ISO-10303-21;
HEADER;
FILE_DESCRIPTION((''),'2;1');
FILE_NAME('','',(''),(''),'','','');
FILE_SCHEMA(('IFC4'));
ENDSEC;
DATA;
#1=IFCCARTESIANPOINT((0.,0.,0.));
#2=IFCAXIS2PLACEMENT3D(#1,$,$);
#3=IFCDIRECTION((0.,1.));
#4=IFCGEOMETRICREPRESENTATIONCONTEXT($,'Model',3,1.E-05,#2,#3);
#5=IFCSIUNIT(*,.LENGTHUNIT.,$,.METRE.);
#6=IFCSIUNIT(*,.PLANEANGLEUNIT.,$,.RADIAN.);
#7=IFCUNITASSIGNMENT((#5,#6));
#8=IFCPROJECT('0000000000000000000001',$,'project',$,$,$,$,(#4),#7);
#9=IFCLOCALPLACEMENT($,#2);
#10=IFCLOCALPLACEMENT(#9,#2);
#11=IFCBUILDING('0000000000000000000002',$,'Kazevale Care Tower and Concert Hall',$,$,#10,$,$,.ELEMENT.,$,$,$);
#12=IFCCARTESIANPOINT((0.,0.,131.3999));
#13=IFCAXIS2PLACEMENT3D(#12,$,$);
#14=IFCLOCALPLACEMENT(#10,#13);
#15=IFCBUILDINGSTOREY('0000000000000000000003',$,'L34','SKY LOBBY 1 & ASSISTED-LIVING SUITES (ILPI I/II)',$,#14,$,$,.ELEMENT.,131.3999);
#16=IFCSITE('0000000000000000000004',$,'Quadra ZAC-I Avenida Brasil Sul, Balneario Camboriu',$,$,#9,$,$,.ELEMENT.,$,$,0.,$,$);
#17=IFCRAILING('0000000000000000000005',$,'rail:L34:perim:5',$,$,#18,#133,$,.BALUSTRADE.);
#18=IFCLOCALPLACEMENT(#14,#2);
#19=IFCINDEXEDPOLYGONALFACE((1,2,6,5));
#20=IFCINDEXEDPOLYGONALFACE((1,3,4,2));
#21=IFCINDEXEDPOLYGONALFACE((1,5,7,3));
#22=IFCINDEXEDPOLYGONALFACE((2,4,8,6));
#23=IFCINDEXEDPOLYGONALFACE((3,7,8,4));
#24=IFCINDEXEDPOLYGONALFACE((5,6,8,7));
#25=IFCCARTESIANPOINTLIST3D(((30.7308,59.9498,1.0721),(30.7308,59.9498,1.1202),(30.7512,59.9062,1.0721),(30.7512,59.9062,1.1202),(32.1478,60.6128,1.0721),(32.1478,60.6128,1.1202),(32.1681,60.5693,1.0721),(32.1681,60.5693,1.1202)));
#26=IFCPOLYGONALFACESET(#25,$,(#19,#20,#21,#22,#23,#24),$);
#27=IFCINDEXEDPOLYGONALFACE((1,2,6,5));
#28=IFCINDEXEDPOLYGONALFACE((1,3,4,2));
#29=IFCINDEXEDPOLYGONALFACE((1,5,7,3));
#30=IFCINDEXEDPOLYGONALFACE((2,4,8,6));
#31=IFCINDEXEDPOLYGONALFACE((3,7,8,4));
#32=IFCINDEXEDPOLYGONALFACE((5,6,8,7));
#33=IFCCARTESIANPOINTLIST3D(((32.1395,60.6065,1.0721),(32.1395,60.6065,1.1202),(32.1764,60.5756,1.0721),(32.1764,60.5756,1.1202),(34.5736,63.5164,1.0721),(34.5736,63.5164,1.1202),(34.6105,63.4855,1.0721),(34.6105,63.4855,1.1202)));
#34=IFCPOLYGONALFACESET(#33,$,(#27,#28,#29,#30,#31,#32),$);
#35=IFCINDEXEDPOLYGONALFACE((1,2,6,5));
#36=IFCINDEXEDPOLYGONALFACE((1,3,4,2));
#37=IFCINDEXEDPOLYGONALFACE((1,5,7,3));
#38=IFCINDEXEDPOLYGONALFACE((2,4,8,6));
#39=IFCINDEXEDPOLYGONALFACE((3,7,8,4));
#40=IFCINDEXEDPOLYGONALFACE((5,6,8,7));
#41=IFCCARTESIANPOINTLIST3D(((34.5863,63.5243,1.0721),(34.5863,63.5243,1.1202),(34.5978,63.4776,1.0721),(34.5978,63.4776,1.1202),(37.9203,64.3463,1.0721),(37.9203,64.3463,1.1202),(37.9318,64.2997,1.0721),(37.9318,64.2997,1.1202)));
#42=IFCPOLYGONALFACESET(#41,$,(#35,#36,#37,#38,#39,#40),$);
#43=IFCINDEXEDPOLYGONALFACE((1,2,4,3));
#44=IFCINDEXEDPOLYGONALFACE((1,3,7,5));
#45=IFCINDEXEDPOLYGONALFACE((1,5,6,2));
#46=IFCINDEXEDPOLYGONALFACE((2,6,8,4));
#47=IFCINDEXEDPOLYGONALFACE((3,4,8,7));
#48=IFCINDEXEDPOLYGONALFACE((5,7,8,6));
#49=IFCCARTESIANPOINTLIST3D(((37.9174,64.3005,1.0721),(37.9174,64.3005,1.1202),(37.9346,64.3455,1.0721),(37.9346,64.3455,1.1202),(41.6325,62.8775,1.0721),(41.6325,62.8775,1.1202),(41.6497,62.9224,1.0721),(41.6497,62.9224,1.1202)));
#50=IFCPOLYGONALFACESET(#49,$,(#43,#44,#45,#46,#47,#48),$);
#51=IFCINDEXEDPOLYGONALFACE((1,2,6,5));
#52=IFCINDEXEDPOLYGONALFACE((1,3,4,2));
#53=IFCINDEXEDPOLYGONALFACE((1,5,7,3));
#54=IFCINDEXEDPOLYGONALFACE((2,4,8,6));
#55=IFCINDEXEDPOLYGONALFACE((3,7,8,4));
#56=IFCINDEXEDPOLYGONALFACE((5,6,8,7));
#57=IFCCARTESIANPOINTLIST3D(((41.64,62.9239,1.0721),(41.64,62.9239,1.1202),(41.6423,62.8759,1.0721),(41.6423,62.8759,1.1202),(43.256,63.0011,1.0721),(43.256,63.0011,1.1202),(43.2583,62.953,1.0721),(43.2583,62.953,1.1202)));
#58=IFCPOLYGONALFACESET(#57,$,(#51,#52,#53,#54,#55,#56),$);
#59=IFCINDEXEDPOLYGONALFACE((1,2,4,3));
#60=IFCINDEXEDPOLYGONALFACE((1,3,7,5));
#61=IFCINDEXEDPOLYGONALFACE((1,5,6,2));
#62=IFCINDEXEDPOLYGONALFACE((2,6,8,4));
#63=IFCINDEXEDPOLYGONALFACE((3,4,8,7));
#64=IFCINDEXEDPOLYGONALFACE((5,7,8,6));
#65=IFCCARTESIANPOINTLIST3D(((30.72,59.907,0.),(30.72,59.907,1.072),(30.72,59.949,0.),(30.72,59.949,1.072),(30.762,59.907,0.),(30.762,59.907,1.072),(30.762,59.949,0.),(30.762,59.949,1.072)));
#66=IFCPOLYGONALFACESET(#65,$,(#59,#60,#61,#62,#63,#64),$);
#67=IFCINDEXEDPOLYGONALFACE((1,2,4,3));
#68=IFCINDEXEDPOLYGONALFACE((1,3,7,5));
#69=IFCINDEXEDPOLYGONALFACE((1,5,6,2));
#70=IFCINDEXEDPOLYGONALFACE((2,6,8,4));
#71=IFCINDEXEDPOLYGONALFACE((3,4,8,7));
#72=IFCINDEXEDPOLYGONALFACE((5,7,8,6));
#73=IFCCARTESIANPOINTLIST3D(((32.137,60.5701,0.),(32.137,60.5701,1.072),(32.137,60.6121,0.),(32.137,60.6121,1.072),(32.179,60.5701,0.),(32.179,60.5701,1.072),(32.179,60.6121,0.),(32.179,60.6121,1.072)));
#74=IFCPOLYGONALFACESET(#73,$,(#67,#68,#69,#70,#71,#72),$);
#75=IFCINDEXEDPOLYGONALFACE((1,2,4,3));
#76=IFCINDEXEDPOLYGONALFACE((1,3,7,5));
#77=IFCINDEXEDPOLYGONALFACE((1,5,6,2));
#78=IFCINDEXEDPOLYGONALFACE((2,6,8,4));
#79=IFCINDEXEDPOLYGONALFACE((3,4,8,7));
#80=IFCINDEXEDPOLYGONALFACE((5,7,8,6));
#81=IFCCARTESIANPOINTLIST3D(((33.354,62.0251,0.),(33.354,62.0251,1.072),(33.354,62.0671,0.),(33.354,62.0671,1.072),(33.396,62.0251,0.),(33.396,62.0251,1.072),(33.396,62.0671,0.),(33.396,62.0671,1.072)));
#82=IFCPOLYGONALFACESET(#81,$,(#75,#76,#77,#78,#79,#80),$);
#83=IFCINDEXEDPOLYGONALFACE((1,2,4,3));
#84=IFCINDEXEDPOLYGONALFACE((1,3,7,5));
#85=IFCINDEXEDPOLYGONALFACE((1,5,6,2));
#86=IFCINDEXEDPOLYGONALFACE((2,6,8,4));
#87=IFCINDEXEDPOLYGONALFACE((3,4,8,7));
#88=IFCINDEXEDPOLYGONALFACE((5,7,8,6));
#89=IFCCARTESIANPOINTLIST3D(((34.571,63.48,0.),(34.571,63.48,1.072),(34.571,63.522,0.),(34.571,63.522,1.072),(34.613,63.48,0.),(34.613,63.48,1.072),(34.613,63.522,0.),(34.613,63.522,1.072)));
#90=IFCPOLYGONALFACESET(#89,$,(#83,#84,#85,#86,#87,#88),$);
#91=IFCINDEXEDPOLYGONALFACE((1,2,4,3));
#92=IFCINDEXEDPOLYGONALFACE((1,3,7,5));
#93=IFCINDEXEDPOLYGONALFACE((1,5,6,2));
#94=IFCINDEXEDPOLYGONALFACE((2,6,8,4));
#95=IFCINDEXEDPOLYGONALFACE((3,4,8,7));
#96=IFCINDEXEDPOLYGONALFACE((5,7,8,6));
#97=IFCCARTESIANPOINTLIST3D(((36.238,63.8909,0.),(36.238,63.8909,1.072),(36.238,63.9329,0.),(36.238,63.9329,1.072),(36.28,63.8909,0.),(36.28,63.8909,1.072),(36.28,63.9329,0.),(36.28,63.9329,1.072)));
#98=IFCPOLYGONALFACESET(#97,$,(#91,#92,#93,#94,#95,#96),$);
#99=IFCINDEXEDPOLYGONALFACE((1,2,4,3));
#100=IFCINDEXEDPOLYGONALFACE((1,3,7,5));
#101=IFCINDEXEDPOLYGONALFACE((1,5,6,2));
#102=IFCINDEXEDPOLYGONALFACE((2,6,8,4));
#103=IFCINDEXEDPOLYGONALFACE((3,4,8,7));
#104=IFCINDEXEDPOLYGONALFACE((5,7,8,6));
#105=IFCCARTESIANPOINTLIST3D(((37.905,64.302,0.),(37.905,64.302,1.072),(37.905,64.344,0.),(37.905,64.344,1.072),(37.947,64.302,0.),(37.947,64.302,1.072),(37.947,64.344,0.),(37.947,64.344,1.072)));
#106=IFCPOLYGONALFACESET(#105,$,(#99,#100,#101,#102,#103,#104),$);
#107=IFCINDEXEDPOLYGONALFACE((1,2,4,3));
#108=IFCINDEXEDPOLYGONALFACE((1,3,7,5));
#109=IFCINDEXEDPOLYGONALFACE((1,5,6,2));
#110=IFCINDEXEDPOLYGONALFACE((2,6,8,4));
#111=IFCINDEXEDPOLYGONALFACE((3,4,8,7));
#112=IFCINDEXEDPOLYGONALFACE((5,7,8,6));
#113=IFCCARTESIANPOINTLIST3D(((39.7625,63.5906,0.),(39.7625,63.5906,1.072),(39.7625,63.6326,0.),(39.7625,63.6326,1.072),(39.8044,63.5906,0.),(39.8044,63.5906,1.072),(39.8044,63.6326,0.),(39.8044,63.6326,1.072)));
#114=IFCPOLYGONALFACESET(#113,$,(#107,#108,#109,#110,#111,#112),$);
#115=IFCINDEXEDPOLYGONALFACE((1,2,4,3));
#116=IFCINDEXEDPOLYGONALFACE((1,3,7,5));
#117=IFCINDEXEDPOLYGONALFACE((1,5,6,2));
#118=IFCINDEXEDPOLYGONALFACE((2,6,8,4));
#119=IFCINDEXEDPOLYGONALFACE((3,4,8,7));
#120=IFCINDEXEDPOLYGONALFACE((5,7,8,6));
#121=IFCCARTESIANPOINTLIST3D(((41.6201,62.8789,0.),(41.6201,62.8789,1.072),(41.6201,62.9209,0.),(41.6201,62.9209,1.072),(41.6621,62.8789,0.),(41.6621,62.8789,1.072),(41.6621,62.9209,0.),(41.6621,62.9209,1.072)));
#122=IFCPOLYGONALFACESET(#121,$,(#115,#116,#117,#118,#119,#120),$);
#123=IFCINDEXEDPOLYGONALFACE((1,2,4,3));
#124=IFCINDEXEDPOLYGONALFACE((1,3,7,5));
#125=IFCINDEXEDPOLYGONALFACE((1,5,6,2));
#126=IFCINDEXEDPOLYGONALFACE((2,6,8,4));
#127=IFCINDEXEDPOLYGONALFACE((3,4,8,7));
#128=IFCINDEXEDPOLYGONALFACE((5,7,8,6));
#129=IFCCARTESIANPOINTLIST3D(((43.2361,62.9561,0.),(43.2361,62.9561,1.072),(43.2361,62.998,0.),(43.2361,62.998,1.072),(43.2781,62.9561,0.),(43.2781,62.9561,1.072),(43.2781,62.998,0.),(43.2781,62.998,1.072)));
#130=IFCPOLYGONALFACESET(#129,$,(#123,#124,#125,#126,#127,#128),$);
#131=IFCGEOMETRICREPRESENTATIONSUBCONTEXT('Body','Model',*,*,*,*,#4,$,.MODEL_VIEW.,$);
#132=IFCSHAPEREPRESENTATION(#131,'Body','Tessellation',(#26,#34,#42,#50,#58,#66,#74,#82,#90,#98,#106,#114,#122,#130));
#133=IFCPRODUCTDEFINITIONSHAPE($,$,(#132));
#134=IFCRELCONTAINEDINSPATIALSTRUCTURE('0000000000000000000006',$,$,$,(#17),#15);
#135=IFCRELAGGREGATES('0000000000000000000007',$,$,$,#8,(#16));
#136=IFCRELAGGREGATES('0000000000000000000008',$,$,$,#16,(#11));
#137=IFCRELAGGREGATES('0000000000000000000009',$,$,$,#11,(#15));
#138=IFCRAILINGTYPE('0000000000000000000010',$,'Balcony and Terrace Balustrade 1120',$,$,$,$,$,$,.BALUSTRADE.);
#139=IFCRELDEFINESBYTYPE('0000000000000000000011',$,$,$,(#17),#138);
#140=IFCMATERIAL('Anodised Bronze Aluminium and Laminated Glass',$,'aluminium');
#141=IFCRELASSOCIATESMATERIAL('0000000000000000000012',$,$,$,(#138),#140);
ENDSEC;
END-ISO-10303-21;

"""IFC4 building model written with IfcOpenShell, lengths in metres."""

from ifc_helpers import new_model, si_unit, direction, frame, origin, origin_2d, place, context, subcontext, project, spatial, rectangle, extrude, material, type_object, element, save


model = new_model("IFC4")

# Units and contexts
model_context = context("Model", 3, precision=1e-05, world=origin(), true_north=direction((0.0, 1.0)))
body_context = subcontext(model_context, "Body", "Model", "MODEL_VIEW")
ifc_project = project(units=[si_unit("LENGTHUNIT", "METRE"), si_unit("PLANEANGLEUNIT", "RADIAN")], contexts=[model_context])

# Site, building, storey
site_placement = place(None, origin())
site = spatial("IfcSite", under=ifc_project, at=site_placement, Name="Quadra ZAC-I Avenida Brasil Sul, Balneario Camboriu", CompositionType="ELEMENT", RefElevation=0.0)
building_placement = place(site_placement, origin())
building = spatial("IfcBuilding", under=site, at=building_placement, Name="Kazevale Care Tower and Concert Hall", CompositionType="ELEMENT")
storey_placement = place(building_placement, frame((0.0, 0.0, 131.3999)))
storey = spatial("IfcBuildingStorey", under=building, at=storey_placement, Name="L34", Description="SKY LOBBY 1 & ASSISTED-LIVING SUITES (ILPI I/II)", CompositionType="ELEMENT", Elevation=131.3999)

# Railing
ifc_material_1 = material(Name="Anodised Bronze Aluminium and Laminated Glass", Category="aluminium")
railing_type = type_object("IfcRailingType", Name="Balcony and Terrace Balustrade 1120", PredefinedType="BALUSTRADE", material=ifc_material_1)
railing_1_placement = place(storey_placement, frame((30.741, 59.928, 0.0)))
element("IfcRailing", 1, at=railing_1_placement, inside=storey, type_object=railing_type, Name="rail:L34:perim:5", PredefinedType="BALUSTRADE", context=body_context, shape_type="SweptSolid", body=[
    extrude(rectangle(XDim=0.0481, YDim=0.0481, at=origin_2d()), frame((0.0, 0.0, 1.0962), z_axis=(0.905736, 0.423842, 0.0), x_axis=(-0.423842, 0.905736, 0.0)), (0.0, 0.0, 1.0), 1.5645),
    extrude(rectangle(XDim=0.0481, YDim=0.0481, at=origin_2d()), frame((1.417, 0.6631, 1.0962), z_axis=(0.641608, 0.767033, 0.0), x_axis=(-0.767033, 0.641608, 0.0)), (0.0, 0.0, 1.0), 3.7937),
    extrude(rectangle(XDim=0.0481, YDim=0.0481, at=origin_2d()), frame((3.8511, 3.573, 1.0962), z_axis=(0.970924, 0.239389, 0.0), x_axis=(-0.239389, 0.970924, 0.0)), (0.0, 0.0, 1.0), 3.4338),
    extrude(rectangle(XDim=0.0481, YDim=0.0481, at=origin_2d()), frame((7.1851, 4.395, 1.0962), z_axis=(0.933832, -0.357712, 0.0), x_axis=(0.357712, 0.933832, 0.0)), (0.0, 0.0, 1.0), 3.9783),
    extrude(rectangle(XDim=0.0481, YDim=0.0481, at=origin_2d()), frame((10.9001, 2.9719, 1.0962), z_axis=(0.998862, 0.047687, 0.0), x_axis=(-0.047687, 0.998862, 0.0)), (0.0, 0.0, 1.0), 1.6179),
    extrude(rectangle(XDim=0.042, YDim=0.042, at=origin_2d()), origin(), (0.0, 0.0, 1.0), 1.072),
    extrude(rectangle(XDim=0.042, YDim=0.042, at=origin_2d()), frame((1.417, 0.6631, 0.0)), (0.0, 0.0, 1.0), 1.072),
    extrude(rectangle(XDim=0.042, YDim=0.042, at=origin_2d()), frame((2.634, 2.1182, 0.0)), (0.0, 0.0, 1.0), 1.072),
    extrude(rectangle(XDim=0.042, YDim=0.042, at=origin_2d()), frame((3.8511, 3.573, 0.0)), (0.0, 0.0, 1.0), 1.072),
    extrude(rectangle(XDim=0.042, YDim=0.042, at=origin_2d()), frame((5.5181, 3.9839, 0.0)), (0.0, 0.0, 1.0), 1.072),
    extrude(rectangle(XDim=0.042, YDim=0.042, at=origin_2d()), frame((7.1851, 4.395, 0.0)), (0.0, 0.0, 1.0), 1.072),
    extrude(rectangle(XDim=0.042, YDim=0.042, at=origin_2d()), frame((9.0425, 3.6836, 0.0)), (0.0, 0.0, 1.0), 1.072),
    extrude(rectangle(XDim=0.042, YDim=0.042, at=origin_2d()), frame((10.9001, 2.9719, 0.0)), (0.0, 0.0, 1.0), 1.072),
    extrude(rectangle(XDim=0.042, YDim=0.042, at=origin_2d()), frame((12.5161, 3.0491, 0.0)), (0.0, 0.0, 1.0), 1.072),
])

save(model, "model.ifc")
